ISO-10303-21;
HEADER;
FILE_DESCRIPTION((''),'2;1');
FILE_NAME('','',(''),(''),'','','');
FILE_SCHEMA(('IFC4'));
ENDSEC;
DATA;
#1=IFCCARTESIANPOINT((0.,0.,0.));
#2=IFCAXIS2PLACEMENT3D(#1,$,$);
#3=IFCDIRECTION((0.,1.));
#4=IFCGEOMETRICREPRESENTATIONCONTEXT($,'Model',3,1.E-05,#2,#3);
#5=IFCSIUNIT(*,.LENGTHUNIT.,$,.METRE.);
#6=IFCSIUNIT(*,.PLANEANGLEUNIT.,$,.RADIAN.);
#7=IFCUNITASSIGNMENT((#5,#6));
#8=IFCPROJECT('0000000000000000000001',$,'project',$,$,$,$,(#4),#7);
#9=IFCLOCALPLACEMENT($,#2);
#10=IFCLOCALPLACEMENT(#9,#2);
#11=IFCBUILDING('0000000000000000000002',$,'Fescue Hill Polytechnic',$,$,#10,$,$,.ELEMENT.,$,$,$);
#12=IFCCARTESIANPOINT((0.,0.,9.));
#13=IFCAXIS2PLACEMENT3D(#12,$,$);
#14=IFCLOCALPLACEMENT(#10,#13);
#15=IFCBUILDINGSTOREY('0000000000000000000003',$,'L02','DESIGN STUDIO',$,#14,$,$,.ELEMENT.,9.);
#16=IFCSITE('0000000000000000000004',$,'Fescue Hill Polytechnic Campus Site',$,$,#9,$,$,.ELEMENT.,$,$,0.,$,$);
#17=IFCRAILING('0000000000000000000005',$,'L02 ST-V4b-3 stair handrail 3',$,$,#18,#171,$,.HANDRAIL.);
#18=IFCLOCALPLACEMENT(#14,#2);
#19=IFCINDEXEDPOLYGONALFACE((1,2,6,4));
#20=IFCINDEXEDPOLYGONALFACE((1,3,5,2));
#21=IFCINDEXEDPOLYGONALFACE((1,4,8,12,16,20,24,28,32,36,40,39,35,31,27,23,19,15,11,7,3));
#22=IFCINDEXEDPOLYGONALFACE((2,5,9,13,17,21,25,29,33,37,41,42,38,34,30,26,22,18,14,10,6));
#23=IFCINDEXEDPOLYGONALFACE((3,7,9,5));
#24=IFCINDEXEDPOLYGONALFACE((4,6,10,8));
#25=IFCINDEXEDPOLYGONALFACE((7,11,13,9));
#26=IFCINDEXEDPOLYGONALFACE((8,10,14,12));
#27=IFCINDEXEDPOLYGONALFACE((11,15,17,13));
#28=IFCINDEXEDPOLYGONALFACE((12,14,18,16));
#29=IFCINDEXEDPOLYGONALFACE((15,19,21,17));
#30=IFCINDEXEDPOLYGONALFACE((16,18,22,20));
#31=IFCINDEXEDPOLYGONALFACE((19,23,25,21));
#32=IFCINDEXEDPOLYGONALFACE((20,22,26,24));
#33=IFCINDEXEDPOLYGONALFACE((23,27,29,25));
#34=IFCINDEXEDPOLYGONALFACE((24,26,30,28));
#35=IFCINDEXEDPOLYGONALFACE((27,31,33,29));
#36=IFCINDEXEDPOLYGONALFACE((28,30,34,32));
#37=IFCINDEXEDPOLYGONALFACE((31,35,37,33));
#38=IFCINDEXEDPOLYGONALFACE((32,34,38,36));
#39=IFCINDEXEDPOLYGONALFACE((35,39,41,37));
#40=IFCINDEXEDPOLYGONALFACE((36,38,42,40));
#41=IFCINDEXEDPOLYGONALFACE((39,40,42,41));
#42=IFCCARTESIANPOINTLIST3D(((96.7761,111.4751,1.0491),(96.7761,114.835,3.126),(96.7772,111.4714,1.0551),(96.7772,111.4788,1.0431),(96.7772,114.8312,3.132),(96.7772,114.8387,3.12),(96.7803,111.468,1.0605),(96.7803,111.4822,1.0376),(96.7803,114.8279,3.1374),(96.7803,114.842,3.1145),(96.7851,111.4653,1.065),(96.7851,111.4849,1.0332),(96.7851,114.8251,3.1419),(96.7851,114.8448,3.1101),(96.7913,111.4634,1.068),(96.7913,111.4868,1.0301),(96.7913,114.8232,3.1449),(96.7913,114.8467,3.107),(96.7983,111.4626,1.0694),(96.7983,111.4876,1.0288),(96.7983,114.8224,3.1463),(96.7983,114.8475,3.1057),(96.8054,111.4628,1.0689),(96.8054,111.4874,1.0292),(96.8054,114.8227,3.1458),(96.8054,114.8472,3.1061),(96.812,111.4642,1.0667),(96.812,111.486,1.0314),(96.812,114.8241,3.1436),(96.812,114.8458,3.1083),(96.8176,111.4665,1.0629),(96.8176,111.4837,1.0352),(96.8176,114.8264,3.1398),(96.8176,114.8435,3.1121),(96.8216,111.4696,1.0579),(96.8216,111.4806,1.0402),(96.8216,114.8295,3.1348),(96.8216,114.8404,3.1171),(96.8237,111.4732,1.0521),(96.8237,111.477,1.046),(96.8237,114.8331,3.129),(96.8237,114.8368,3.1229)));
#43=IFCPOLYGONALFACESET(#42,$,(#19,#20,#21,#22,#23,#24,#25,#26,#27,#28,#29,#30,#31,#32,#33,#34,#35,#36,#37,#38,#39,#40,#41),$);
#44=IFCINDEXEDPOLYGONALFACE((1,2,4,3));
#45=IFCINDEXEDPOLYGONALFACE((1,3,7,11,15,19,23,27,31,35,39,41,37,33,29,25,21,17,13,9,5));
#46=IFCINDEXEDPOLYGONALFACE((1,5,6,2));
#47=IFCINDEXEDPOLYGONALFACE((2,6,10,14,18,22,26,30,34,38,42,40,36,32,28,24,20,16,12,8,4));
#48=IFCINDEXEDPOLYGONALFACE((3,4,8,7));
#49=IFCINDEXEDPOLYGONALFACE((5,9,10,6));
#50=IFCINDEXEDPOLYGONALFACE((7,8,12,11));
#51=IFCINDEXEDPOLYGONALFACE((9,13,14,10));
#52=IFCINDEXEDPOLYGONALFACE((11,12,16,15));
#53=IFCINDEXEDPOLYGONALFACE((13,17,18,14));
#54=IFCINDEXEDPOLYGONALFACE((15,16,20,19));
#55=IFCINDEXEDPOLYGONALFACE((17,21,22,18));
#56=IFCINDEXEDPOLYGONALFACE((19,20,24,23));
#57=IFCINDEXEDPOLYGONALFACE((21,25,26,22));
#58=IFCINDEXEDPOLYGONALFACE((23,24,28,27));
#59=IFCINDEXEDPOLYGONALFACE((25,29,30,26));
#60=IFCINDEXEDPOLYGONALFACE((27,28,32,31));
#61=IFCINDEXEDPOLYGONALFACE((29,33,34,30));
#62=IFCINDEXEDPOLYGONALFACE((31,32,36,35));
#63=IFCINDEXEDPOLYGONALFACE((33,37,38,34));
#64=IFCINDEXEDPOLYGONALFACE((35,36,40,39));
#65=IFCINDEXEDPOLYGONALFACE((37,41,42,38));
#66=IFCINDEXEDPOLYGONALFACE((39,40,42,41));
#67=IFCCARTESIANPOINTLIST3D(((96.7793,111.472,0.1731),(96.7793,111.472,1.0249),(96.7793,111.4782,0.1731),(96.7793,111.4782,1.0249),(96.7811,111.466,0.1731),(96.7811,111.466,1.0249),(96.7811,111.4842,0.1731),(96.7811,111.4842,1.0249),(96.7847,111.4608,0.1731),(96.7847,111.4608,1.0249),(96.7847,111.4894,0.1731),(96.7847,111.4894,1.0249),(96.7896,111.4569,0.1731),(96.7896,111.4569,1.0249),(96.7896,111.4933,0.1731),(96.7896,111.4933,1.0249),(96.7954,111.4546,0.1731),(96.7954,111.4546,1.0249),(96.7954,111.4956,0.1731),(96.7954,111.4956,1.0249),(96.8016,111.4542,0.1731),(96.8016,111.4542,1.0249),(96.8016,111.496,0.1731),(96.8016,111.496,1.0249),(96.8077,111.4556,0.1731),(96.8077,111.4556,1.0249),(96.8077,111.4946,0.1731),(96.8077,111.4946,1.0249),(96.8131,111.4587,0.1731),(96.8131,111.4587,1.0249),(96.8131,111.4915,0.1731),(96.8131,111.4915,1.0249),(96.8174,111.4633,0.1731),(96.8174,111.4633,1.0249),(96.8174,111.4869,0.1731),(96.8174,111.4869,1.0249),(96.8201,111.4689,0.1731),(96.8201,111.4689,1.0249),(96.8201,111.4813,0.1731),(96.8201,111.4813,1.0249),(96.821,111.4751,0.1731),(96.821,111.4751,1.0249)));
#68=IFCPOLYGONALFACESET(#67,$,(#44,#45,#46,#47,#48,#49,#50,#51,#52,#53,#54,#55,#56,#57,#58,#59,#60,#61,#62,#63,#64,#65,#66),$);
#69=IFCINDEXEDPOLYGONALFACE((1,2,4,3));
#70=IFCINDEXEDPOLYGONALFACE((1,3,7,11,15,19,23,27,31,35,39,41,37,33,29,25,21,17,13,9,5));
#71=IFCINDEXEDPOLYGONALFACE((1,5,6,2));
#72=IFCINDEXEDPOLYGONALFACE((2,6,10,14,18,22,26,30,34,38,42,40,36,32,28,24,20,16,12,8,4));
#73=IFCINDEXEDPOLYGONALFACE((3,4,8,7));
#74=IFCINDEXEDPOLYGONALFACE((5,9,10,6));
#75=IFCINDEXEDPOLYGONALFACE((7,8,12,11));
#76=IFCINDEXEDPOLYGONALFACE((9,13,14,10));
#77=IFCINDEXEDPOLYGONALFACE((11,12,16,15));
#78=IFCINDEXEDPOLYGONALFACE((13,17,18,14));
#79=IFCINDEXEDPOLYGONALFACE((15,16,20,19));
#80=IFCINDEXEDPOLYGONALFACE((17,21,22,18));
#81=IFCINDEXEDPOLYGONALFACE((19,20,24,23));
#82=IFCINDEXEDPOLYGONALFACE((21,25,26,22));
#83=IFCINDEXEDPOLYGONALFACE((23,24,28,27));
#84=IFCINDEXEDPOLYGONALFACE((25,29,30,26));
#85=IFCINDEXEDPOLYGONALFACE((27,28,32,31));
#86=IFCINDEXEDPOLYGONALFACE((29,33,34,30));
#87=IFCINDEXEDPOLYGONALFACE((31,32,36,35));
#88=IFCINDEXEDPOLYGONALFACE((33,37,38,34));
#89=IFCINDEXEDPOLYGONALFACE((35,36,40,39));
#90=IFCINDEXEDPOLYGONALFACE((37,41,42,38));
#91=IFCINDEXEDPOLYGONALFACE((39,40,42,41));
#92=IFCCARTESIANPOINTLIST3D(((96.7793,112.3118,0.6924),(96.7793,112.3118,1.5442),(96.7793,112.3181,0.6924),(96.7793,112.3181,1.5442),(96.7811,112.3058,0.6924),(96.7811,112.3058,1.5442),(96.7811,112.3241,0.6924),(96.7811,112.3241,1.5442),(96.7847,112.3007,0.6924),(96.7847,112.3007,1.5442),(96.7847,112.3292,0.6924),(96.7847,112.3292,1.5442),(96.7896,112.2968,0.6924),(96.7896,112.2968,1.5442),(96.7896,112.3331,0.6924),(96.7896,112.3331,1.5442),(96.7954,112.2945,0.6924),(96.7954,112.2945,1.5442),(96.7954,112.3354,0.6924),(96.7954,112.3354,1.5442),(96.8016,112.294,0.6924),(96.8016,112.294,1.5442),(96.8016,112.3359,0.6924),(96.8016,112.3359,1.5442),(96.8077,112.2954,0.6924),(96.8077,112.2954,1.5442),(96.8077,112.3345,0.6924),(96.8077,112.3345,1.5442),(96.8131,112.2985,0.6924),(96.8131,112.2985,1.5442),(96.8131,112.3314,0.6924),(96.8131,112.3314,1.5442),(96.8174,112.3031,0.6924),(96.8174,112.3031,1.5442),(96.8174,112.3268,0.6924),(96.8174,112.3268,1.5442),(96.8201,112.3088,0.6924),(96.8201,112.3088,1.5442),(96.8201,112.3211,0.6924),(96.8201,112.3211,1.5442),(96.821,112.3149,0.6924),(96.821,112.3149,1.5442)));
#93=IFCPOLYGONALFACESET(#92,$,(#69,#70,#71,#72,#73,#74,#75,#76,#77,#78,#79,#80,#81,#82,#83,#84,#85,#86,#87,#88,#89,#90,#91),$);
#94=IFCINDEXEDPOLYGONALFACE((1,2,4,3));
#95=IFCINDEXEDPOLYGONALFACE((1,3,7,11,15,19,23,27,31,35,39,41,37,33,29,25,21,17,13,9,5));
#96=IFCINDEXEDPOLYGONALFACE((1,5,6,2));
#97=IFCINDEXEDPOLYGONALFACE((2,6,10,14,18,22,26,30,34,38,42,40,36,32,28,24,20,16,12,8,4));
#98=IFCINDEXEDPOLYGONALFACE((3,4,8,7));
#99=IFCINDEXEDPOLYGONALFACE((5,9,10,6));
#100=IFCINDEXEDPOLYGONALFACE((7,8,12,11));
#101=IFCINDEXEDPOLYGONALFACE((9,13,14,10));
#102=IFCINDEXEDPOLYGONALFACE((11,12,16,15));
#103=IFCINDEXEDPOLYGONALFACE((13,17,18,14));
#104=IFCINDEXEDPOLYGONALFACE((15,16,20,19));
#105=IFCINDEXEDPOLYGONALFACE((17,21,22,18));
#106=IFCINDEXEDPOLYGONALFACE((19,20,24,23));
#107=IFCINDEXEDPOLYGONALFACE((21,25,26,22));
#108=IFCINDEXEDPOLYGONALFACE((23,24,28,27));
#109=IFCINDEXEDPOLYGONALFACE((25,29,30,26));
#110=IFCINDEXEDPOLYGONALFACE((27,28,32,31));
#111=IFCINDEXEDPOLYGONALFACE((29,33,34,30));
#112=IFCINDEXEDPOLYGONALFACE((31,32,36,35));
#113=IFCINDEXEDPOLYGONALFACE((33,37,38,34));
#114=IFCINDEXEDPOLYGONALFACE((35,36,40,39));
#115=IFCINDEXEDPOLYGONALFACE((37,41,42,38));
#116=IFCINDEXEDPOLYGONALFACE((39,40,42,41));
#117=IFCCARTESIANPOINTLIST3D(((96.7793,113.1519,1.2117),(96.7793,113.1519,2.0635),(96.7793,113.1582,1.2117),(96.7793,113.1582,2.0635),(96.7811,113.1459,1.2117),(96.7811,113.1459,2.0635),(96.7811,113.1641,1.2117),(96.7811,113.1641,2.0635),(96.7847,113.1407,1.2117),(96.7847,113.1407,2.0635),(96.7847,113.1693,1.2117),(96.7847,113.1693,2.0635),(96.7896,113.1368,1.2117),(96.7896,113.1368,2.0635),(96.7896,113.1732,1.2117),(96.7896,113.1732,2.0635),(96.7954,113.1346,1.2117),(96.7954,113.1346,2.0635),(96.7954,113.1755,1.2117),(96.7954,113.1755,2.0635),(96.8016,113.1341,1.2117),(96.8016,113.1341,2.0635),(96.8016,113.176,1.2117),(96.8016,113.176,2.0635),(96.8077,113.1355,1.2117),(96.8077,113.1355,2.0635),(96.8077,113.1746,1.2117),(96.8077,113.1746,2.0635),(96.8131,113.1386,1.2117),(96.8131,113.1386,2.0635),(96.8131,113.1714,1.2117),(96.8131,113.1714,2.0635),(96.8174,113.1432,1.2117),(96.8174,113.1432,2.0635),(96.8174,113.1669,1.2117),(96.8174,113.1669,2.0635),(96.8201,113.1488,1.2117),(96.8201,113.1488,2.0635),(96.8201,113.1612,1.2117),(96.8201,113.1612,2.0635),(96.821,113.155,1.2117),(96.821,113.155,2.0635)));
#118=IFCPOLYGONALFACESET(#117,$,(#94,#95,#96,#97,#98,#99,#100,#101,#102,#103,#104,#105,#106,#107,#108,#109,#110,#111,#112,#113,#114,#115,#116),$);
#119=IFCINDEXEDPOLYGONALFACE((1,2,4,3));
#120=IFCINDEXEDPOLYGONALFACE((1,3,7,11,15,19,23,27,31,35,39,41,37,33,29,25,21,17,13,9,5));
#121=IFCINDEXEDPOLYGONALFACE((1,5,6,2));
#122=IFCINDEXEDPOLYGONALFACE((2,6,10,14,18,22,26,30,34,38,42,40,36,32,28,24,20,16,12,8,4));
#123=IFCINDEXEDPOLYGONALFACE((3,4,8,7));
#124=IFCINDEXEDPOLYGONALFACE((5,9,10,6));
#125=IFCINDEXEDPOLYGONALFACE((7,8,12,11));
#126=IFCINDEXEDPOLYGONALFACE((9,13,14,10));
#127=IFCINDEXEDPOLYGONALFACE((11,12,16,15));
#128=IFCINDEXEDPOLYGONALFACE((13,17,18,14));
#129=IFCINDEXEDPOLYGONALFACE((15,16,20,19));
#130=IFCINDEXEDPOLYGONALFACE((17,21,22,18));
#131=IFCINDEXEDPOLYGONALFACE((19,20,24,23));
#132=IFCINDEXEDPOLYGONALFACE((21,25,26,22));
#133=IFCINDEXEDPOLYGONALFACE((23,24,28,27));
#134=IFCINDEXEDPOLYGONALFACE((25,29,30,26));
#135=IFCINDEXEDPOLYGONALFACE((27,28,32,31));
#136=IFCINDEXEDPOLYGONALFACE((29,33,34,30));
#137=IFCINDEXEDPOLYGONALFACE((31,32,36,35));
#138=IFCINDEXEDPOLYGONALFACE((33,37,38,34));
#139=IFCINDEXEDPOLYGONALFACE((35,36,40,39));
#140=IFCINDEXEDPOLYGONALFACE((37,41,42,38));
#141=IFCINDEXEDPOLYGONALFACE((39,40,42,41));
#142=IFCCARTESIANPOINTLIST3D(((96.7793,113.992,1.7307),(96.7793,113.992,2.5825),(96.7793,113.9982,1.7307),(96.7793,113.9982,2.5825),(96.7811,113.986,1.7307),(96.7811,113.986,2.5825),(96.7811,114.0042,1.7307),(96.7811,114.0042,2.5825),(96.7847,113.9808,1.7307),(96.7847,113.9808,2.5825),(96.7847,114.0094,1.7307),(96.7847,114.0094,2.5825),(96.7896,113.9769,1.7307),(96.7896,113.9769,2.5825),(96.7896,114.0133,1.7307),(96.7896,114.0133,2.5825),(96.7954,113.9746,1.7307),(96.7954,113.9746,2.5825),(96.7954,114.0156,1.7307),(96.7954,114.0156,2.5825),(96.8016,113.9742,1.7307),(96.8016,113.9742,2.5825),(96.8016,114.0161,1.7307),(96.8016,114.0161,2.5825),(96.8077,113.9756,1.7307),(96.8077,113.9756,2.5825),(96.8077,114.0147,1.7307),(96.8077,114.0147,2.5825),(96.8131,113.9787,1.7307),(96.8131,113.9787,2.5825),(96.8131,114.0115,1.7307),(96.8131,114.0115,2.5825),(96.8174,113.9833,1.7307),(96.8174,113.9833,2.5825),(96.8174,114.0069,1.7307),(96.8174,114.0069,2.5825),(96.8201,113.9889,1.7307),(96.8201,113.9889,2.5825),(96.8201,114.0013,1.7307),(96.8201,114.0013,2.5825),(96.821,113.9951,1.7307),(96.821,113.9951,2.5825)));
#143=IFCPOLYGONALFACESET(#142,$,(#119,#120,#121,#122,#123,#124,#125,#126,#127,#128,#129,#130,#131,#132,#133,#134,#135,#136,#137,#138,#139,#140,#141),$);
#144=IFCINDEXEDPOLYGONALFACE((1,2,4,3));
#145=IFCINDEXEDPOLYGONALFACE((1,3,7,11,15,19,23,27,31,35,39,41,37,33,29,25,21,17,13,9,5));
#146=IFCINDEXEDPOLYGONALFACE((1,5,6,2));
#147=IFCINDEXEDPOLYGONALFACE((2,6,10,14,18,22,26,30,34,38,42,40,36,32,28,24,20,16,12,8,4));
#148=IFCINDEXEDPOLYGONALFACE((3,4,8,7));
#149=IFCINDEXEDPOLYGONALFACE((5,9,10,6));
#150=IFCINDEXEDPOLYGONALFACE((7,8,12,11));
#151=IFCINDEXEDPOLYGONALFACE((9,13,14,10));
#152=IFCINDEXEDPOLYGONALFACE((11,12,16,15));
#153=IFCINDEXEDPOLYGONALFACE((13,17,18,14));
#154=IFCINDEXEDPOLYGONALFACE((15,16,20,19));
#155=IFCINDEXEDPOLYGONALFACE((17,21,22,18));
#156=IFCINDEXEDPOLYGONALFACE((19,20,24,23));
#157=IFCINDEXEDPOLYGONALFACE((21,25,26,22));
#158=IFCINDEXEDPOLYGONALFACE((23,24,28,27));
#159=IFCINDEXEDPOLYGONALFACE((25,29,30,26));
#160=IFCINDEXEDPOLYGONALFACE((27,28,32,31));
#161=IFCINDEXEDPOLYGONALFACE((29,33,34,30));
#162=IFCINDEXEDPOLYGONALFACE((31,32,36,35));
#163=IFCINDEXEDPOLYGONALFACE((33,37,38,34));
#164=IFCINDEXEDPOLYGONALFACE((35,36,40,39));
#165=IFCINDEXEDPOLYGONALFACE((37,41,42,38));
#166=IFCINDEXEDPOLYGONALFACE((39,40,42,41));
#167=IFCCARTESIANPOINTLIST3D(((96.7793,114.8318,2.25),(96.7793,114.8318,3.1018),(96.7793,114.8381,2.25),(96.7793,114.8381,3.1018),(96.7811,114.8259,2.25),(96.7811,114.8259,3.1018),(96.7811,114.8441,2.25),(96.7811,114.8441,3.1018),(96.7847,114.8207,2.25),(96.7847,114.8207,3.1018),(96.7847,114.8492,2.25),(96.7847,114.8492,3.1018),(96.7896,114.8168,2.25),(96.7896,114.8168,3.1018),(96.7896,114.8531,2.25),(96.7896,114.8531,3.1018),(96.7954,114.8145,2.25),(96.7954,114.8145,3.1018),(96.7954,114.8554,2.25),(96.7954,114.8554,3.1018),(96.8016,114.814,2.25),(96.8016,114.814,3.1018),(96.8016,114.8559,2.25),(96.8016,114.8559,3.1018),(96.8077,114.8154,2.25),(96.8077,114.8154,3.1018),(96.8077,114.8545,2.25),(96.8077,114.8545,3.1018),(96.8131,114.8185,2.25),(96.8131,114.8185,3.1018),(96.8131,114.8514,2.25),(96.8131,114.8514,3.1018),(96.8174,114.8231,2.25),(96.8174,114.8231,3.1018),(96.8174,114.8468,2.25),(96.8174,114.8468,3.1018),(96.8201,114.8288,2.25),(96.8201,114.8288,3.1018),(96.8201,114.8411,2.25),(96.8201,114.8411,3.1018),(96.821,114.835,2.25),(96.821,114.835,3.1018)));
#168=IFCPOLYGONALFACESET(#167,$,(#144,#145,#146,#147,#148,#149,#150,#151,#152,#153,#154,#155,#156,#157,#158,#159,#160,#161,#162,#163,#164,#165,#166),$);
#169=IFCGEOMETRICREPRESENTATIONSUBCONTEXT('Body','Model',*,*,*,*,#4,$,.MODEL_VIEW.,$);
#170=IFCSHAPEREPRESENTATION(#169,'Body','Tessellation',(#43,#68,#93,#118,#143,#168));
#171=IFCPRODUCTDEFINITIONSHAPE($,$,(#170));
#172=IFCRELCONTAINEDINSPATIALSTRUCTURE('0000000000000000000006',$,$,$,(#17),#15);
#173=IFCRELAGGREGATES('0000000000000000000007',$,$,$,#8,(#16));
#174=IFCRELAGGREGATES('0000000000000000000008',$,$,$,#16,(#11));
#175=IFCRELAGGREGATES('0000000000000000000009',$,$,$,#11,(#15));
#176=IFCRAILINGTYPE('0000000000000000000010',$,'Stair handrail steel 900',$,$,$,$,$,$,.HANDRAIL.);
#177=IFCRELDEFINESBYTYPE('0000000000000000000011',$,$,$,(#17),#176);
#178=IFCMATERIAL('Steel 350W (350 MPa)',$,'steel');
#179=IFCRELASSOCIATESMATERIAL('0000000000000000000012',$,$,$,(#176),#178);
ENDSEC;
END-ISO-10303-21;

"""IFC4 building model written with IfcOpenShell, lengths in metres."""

from ifc_helpers import new_model, si_unit, direction, frame, origin, origin_2d, place, context, subcontext, project, spatial, circle, extrude, material, type_object, element, save


model = new_model("IFC4")

# Units and contexts
model_context = context("Model", 3, precision=1e-05, world=origin(), true_north=direction((0.0, 1.0)))
body_context = subcontext(model_context, "Body", "Model", "MODEL_VIEW")
ifc_project = project(units=[si_unit("LENGTHUNIT", "METRE"), si_unit("PLANEANGLEUNIT", "RADIAN")], contexts=[model_context])

# Site, building, storey
site_placement = place(None, origin())
site = spatial("IfcSite", under=ifc_project, at=site_placement, Name="Fescue Hill Polytechnic Campus Site", CompositionType="ELEMENT", RefElevation=0.0)
building_placement = place(site_placement, origin())
building = spatial("IfcBuilding", under=site, at=building_placement, Name="Fescue Hill Polytechnic", CompositionType="ELEMENT")
storey_placement = place(building_placement, frame((0.0, 0.0, 9.0)))
storey = spatial("IfcBuildingStorey", under=building, at=storey_placement, Name="L02", Description="DESIGN STUDIO", CompositionType="ELEMENT", Elevation=9.0)

# Railing
ifc_material_1 = material(Name="Steel 350W (350 MPa)", Category="steel")
railing_type_1 = type_object("IfcRailingType", Name="Stair handrail steel 900", PredefinedType="HANDRAIL", material=ifc_material_1)
railing_1_placement = place(storey_placement, frame((96.8, 111.4751, 0.1731)))
element("IfcRailing", 1, at=railing_1_placement, inside=storey, type_object=railing_type_1, Name="L02 ST-V4b-3 stair handrail 3", PredefinedType="HANDRAIL", context=body_context, shape_type="SweptSolid", body=[
    extrude(circle(Radius=0.0239, at=origin_2d()), frame((0.0, 0.0, 0.876), z_axis=(0.0, 0.850606, 0.525803), x_axis=(-1.0, 0.0, 0.0)), (0.0, 0.0, 1.0), 3.95),
    extrude(circle(Radius=0.021, at=origin_2d()), origin(), (0.0, 0.0, 1.0), 0.8518),
    extrude(circle(Radius=0.021, at=origin_2d()), frame((0.0, 0.8398, 0.5193)), (0.0, 0.0, 1.0), 0.8518),
    extrude(circle(Radius=0.021, at=origin_2d()), frame((0.0, 1.6799, 1.0386)), (0.0, 0.0, 1.0), 0.8518),
    extrude(circle(Radius=0.021, at=origin_2d()), frame((0.0, 2.52, 1.5576)), (0.0, 0.0, 1.0), 0.8518),
    extrude(circle(Radius=0.021, at=origin_2d()), frame((0.0, 3.3599, 2.0769)), (0.0, 0.0, 1.0), 0.8518),
])

save(model, "model.ifc")
